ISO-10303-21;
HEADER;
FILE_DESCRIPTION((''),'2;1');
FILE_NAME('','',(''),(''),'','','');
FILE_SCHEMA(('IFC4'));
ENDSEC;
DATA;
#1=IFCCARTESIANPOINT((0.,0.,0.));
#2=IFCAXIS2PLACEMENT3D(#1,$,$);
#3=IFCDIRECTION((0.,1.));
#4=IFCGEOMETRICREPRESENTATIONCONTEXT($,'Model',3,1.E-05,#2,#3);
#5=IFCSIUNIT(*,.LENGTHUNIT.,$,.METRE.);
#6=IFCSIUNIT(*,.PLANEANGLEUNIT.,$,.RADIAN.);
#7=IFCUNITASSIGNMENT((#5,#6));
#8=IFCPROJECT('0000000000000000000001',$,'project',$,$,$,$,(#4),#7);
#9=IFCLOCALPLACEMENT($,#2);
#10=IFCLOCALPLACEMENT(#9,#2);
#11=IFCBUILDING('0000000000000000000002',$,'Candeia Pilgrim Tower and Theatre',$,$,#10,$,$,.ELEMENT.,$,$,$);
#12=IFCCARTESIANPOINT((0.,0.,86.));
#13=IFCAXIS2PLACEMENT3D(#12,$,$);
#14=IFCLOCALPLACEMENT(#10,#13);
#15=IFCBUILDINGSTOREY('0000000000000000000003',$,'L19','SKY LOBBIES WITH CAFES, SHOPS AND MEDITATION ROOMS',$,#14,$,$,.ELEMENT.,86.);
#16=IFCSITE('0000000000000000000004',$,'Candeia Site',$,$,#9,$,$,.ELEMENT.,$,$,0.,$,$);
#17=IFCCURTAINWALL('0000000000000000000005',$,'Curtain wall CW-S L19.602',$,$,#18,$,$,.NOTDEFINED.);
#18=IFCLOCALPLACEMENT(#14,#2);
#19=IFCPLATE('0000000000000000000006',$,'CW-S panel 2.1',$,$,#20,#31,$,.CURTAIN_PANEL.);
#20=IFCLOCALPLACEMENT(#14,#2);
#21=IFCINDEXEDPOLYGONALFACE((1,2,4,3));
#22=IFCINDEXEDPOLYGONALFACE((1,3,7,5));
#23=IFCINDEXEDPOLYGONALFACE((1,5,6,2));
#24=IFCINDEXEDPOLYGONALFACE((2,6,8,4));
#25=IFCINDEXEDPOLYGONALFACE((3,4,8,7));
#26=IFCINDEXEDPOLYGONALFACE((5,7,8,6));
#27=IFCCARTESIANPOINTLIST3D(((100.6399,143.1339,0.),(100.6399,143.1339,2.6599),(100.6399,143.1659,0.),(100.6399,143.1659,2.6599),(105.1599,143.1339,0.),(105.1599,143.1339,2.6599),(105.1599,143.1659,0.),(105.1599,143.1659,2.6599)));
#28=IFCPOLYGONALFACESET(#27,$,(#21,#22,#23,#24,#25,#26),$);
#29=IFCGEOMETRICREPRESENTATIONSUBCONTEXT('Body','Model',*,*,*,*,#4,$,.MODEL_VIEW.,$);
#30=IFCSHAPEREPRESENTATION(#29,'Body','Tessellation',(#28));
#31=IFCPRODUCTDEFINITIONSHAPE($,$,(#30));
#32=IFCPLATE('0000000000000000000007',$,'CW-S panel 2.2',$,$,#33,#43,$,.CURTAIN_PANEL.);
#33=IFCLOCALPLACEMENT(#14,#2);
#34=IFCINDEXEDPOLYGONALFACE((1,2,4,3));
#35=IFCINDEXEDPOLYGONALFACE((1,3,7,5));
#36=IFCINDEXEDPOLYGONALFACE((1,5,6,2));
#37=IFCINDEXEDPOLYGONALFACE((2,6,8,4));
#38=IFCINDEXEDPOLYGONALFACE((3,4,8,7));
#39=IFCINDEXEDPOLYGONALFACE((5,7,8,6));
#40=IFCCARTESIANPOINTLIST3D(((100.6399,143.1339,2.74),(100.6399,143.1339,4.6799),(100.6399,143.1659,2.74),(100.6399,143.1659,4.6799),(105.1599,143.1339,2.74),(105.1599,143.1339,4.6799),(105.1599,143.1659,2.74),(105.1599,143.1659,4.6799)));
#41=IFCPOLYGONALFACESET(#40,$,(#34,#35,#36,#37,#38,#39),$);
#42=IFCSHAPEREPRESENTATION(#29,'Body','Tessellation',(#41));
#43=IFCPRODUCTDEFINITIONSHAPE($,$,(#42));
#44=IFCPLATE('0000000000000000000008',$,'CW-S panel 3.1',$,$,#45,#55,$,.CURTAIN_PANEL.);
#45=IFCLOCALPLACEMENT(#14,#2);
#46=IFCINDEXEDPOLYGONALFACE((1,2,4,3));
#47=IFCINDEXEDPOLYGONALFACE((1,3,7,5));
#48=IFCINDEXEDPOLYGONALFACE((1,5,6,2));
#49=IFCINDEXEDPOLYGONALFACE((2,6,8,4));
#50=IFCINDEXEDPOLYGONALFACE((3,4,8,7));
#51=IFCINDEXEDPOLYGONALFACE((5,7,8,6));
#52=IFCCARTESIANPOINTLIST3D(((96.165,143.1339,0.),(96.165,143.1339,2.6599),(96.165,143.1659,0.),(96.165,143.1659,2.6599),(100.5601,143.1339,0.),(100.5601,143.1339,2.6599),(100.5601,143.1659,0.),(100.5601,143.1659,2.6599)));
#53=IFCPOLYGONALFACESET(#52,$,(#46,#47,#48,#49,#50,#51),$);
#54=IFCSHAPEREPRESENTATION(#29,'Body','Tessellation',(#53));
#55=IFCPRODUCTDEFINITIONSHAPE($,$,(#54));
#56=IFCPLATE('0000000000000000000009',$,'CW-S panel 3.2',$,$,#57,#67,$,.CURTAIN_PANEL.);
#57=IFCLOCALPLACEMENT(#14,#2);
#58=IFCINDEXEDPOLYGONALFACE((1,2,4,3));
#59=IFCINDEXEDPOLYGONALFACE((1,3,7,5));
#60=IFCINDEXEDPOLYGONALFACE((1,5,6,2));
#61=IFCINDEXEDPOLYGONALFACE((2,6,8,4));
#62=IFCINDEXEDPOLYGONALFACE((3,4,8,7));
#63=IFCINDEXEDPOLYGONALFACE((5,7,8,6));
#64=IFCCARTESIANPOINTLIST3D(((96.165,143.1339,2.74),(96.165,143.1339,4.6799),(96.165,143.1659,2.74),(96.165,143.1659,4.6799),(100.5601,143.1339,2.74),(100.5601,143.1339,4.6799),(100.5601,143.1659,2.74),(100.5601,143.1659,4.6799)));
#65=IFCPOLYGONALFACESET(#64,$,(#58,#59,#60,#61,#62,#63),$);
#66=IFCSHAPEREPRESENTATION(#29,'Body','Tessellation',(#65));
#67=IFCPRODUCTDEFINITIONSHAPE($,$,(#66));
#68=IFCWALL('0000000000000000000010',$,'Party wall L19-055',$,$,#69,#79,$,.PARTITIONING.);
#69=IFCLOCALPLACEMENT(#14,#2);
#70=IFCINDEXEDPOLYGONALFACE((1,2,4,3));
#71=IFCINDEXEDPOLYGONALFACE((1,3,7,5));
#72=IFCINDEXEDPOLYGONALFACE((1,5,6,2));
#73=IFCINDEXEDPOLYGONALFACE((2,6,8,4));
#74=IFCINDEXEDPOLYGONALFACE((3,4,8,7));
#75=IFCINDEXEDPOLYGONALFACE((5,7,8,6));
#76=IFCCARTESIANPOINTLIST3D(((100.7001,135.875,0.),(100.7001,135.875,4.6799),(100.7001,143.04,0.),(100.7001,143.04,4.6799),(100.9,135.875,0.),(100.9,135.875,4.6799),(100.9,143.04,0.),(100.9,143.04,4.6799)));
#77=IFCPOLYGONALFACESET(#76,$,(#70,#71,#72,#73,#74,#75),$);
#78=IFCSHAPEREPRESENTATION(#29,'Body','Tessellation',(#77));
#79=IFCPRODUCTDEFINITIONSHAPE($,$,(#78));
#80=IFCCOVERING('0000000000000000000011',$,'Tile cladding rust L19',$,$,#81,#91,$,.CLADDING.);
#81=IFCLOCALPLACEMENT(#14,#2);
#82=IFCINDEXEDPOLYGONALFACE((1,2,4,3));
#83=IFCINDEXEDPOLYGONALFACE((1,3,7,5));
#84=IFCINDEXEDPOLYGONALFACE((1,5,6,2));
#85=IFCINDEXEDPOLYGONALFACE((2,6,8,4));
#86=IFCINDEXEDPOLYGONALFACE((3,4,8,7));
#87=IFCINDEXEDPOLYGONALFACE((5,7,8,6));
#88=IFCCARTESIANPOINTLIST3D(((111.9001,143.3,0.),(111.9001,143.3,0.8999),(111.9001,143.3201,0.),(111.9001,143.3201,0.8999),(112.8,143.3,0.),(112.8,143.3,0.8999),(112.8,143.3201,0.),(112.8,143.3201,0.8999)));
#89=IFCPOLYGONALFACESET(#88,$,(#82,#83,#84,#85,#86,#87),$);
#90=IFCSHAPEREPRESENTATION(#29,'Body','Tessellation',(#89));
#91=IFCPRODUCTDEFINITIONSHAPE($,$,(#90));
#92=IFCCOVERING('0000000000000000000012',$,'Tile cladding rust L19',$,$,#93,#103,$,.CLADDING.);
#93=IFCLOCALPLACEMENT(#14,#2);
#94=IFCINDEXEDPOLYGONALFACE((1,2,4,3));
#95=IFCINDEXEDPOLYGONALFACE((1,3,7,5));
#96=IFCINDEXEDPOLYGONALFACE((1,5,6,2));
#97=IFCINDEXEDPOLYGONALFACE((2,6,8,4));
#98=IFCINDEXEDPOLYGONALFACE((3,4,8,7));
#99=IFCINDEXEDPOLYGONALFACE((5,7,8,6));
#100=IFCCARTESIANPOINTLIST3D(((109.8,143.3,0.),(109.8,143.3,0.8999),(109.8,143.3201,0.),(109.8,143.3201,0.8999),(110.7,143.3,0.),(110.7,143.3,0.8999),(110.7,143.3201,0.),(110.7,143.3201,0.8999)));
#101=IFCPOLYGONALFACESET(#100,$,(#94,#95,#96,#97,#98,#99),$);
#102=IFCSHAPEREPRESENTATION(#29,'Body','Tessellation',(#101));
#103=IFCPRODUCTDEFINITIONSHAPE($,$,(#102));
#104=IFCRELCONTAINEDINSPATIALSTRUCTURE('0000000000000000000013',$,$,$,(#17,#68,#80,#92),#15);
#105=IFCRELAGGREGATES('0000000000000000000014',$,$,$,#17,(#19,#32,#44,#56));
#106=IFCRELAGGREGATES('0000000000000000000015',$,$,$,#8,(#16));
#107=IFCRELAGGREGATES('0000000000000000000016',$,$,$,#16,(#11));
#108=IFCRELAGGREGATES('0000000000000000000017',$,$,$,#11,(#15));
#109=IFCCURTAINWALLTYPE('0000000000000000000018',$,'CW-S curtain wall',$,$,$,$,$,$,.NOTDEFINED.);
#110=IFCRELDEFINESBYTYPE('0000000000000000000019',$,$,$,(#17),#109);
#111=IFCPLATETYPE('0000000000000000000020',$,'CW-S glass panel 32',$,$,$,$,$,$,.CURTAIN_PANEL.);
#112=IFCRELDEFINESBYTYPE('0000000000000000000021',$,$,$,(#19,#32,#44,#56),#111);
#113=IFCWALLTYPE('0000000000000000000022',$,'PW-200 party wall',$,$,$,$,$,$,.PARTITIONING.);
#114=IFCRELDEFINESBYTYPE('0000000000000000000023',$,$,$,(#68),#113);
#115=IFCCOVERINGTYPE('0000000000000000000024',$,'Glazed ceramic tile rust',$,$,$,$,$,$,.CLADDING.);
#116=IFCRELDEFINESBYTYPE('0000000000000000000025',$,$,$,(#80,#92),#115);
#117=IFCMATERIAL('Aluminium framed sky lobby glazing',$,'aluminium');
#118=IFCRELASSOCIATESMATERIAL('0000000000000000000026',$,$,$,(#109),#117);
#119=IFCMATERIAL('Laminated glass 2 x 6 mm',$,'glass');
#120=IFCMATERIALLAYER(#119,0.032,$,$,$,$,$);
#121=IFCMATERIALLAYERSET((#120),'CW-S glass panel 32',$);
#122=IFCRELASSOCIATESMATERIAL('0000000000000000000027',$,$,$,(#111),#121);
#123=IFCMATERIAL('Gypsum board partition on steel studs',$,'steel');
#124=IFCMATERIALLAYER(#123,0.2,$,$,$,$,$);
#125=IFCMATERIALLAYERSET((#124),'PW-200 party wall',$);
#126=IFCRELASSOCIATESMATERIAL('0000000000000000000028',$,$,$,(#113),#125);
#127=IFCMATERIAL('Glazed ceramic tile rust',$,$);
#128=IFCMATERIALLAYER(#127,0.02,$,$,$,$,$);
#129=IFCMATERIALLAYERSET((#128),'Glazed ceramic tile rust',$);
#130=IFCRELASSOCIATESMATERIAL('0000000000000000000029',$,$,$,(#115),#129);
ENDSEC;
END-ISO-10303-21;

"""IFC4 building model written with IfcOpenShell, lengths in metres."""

from ifc_helpers import new_model, si_unit, direction, frame, frame_2d, origin, origin_2d, place, context, subcontext, project, spatial, rectangle, extrude, material, layer, layer_set, type_object, element, aggregate, save


model = new_model("IFC4")

# Units and contexts
model_context = context("Model", 3, precision=1e-05, world=origin(), true_north=direction((0.0, 1.0)))
body_context = subcontext(model_context, "Body", "Model", "MODEL_VIEW")
ifc_project = project(units=[si_unit("LENGTHUNIT", "METRE"), si_unit("PLANEANGLEUNIT", "RADIAN")], contexts=[model_context])

# Site, building, storey
site_placement = place(None, origin())
site = spatial("IfcSite", under=ifc_project, at=site_placement, Name="Candeia Site", CompositionType="ELEMENT", RefElevation=0.0)
building_placement = place(site_placement, origin())
building = spatial("IfcBuilding", under=site, at=building_placement, Name="Candeia Pilgrim Tower and Theatre", CompositionType="ELEMENT")
storey_placement = place(building_placement, frame((0.0, 0.0, 86.0)))
storey = spatial("IfcBuildingStorey", under=building, at=storey_placement, Name="L19", Description="SKY LOBBIES WITH CAFES, SHOPS AND MEDITATION ROOMS", CompositionType="ELEMENT", Elevation=86.0)

# Shared definitions
ifc_material_1 = material(Name="Aluminium framed sky lobby glazing", Category="aluminium")
curtain_wall_type = type_object("IfcCurtainWallType", Name="CW-S curtain wall", PredefinedType="NOTDEFINED", material=ifc_material_1)

# Curtain wall
curtain_wall_1_placement = place(storey_placement, origin())
curtain_wall_1 = element("IfcCurtainWall", 1, at=curtain_wall_1_placement, inside=storey, type_object=curtain_wall_type, Name="Curtain wall CW-S L19.602", PredefinedType="NOTDEFINED")

# Plates
ifc_material_2 = material(Name="Laminated glass 2 x 6 mm", Category="glass")
ifc_layer_1 = layer(ifc_material_2, 0.032)
ifc_layer_set_1 = layer_set([ifc_layer_1], Name="CW-S glass panel 32")
plate_type = type_object("IfcPlateType", Name="CW-S glass panel 32", PredefinedType="CURTAIN_PANEL", material=ifc_layer_set_1)
plate_1_placement = place(storey_placement, frame((102.8999, 143.1499, 0.0), z_axis=(0.0, 0.0, 1.0), x_axis=(-1.0, 0.0, 0.0)))
plate_1 = element("IfcPlate", 2, at=plate_1_placement, type_object=plate_type, Name="CW-S panel 2.1", PredefinedType="CURTAIN_PANEL", context=body_context, shape_type="SweptSolid", body=[
    extrude(rectangle(XDim=4.52, YDim=0.032, at=origin_2d()), origin(), (0.0, 0.0, 1.0), 2.6599),
])
plate_2_placement = place(storey_placement, frame((102.8999, 143.1499, 2.74), z_axis=(0.0, 0.0, 1.0), x_axis=(-1.0, 0.0, 0.0)))
plate_2 = element("IfcPlate", 3, at=plate_2_placement, type_object=plate_type, Name="CW-S panel 2.2", PredefinedType="CURTAIN_PANEL", context=body_context, shape_type="SweptSolid", body=[
    extrude(rectangle(XDim=4.52, YDim=0.032, at=origin_2d()), origin(), (0.0, 0.0, 1.0), 1.9399),
])
plate_3_placement = place(storey_placement, frame((98.3625, 143.1499, 0.0), z_axis=(0.0, 0.0, 1.0), x_axis=(-1.0, 0.0, 0.0)))
plate_3 = element("IfcPlate", 4, at=plate_3_placement, type_object=plate_type, Name="CW-S panel 3.1", PredefinedType="CURTAIN_PANEL", context=body_context, shape_type="SweptSolid", body=[
    extrude(rectangle(XDim=4.395, YDim=0.032, at=origin_2d()), origin(), (0.0, 0.0, 1.0), 2.6599),
])
plate_4_placement = place(storey_placement, frame((98.3625, 143.1499, 2.74), z_axis=(0.0, 0.0, 1.0), x_axis=(-1.0, 0.0, 0.0)))
plate_4 = element("IfcPlate", 5, at=plate_4_placement, type_object=plate_type, Name="CW-S panel 3.2", PredefinedType="CURTAIN_PANEL", context=body_context, shape_type="SweptSolid", body=[
    extrude(rectangle(XDim=4.395, YDim=0.032, at=origin_2d()), origin(), (0.0, 0.0, 1.0), 1.9399),
])
aggregate(curtain_wall_1, [plate_1, plate_2, plate_3, plate_4])

# Wall
ifc_material_3 = material(Name="Gypsum board partition on steel studs", Category="steel")
ifc_layer_2 = layer(ifc_material_3, 0.2)
ifc_layer_set_2 = layer_set([ifc_layer_2], Name="PW-200 party wall")
wall_type_1 = type_object("IfcWallType", Name="PW-200 party wall", PredefinedType="PARTITIONING", material=ifc_layer_set_2)
wall_1_placement = place(storey_placement, frame((100.8, 135.875, 0.0), z_axis=(0.0, 0.0, 1.0), x_axis=(0.0, 1.0, 0.0)))
element("IfcWall", 6, at=wall_1_placement, inside=storey, type_object=wall_type_1, Name="Party wall L19-055", PredefinedType="PARTITIONING", context=body_context, shape_type="SweptSolid", body=[
    extrude(rectangle(XDim=7.165, YDim=0.2, at=frame_2d((3.5825, 0.0))), origin(), (0.0, 0.0, 1.0), 4.6799),
])

# Coverings
ifc_material_4 = material(Name="Glazed ceramic tile rust")
ifc_layer_3 = layer(ifc_material_4, 0.02)
ifc_layer_set_3 = layer_set([ifc_layer_3], Name="Glazed ceramic tile rust")
covering_type = type_object("IfcCoveringType", Name="Glazed ceramic tile rust", PredefinedType="CLADDING", material=ifc_layer_set_3)
for number, where, z_axis, x_axis, name in (
    (7, (112.3501, 143.3101, 0.0), (0.0, 0.0, 1.0), (-1.0, 0.0, 0.0), "Tile cladding rust L19"),
    (8, (110.25, 143.3101, 0.0), (0.0, 0.0, 1.0), (-1.0, 0.0, 0.0), "Tile cladding rust L19"),
):
    element("IfcCovering", number, at=place(storey_placement, frame(where, z_axis=z_axis, x_axis=x_axis)), inside=storey, type_object=covering_type, Name=name, PredefinedType="CLADDING", context=body_context, shape_type="SweptSolid", body=[
        extrude(rectangle(XDim=0.8999, YDim=0.02, at=origin_2d()), origin(), (0.0, 0.0, 1.0), 0.8999),
    ])

save(model, "model.ifc")
